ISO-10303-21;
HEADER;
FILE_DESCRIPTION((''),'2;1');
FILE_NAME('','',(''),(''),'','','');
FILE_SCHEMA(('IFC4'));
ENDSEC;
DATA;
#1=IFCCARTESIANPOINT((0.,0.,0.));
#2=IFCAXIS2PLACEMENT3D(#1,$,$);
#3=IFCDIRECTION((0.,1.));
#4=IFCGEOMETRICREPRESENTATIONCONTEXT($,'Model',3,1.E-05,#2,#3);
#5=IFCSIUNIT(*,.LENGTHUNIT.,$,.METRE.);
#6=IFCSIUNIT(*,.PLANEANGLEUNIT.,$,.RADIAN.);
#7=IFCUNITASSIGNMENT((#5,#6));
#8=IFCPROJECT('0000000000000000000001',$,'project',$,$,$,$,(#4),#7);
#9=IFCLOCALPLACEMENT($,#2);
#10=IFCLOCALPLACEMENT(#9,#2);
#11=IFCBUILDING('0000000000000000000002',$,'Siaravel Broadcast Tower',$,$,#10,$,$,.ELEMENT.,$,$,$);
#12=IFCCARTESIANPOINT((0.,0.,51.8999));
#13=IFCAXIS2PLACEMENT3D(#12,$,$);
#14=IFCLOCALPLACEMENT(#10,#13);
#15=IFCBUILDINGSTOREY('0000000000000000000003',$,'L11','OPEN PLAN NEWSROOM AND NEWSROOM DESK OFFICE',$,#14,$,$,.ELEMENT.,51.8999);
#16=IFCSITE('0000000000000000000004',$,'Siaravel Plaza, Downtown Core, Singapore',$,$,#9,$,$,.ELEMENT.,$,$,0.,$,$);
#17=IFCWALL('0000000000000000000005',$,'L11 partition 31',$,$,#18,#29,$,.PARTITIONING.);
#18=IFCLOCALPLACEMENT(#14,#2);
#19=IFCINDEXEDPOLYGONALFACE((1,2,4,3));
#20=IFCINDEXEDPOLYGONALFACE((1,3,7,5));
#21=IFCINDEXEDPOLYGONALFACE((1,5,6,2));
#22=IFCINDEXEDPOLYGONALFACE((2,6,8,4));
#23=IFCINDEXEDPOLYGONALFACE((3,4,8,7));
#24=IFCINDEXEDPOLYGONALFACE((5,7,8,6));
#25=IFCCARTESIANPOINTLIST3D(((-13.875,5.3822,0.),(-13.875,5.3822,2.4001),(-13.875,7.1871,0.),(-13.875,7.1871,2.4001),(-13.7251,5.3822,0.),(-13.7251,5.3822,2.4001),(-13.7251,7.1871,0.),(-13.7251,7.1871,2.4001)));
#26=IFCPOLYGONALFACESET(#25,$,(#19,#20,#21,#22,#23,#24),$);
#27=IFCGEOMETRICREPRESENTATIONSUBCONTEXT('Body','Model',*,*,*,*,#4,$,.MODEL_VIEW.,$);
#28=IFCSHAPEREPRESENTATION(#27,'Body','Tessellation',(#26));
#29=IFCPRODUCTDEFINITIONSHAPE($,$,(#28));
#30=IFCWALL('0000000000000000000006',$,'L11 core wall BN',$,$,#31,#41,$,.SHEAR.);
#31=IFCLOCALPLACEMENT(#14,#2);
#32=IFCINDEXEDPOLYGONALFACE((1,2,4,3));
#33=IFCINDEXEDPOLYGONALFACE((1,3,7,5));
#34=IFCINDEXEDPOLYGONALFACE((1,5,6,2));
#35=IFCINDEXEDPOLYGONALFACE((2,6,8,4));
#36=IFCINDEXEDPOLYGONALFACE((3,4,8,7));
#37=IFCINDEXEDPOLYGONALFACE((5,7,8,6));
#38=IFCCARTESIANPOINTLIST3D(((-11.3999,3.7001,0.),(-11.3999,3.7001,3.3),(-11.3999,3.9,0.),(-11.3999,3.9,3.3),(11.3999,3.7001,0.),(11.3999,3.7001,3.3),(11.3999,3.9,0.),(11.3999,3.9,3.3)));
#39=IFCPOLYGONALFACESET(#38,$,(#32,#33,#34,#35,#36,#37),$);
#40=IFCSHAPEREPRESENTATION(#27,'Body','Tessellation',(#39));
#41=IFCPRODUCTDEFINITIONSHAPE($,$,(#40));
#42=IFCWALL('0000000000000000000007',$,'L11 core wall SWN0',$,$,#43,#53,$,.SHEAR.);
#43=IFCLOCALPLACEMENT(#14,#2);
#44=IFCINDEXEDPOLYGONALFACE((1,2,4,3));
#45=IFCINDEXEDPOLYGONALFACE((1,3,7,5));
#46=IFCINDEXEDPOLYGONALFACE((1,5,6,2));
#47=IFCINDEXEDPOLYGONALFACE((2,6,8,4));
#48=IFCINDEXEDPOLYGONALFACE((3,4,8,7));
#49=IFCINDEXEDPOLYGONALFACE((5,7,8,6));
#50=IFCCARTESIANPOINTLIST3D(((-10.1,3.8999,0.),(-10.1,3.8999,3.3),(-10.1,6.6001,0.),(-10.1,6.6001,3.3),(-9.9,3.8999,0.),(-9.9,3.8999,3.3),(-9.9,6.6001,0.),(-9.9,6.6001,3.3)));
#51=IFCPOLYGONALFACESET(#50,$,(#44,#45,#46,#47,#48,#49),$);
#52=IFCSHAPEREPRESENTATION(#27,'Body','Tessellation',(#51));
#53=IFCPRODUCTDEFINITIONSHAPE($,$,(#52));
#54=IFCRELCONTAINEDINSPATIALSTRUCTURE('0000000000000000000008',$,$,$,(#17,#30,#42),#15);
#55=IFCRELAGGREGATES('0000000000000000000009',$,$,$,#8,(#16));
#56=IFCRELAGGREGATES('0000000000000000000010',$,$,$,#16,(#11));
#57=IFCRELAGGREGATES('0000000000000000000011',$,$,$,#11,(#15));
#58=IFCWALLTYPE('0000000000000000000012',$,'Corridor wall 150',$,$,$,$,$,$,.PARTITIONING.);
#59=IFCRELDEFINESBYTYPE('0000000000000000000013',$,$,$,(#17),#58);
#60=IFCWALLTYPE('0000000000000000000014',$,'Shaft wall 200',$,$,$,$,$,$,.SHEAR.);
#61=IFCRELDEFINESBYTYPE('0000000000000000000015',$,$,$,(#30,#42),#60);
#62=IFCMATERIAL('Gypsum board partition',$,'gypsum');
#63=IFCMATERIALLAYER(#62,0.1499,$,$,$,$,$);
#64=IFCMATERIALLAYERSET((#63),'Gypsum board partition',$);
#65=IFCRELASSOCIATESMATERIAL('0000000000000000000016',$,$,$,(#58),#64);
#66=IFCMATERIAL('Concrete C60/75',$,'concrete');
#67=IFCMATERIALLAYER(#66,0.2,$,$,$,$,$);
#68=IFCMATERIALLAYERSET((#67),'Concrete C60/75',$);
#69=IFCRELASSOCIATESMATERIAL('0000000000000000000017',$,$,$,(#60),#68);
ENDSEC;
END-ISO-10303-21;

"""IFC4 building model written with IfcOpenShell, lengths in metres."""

from ifc_helpers import new_model, si_unit, direction, frame, frame_2d, origin, place, context, subcontext, project, spatial, rectangle, extrude, material, layer, layer_set, type_object, element, save


model = new_model("IFC4")

# Units and contexts
model_context = context("Model", 3, precision=1e-05, world=origin(), true_north=direction((0.0, 1.0)))
body_context = subcontext(model_context, "Body", "Model", "MODEL_VIEW")
ifc_project = project(units=[si_unit("LENGTHUNIT", "METRE"), si_unit("PLANEANGLEUNIT", "RADIAN")], contexts=[model_context])

# Site, building, storey
site_placement = place(None, origin())
site = spatial("IfcSite", under=ifc_project, at=site_placement, Name="Siaravel Plaza, Downtown Core, Singapore", CompositionType="ELEMENT", RefElevation=0.0)
building_placement = place(site_placement, origin())
building = spatial("IfcBuilding", under=site, at=building_placement, Name="Siaravel Broadcast Tower", CompositionType="ELEMENT")
storey_placement = place(building_placement, frame((0.0, 0.0, 51.8999)))
storey = spatial("IfcBuildingStorey", under=building, at=storey_placement, Name="L11", Description="OPEN PLAN NEWSROOM AND NEWSROOM DESK OFFICE", CompositionType="ELEMENT", Elevation=51.8999)

# Shared definitions
ifc_material_1 = material(Name="Concrete C60/75", Category="concrete")
ifc_material_2 = material(Name="Gypsum board partition", Category="gypsum")
ifc_layer_1 = layer(ifc_material_2, 0.1499)
ifc_layer_set_1 = layer_set([ifc_layer_1], Name="Gypsum board partition")
wall_type_1 = type_object("IfcWallType", Name="Corridor wall 150", PredefinedType="PARTITIONING", material=ifc_layer_set_1)

# Walls
wall_1_placement = place(storey_placement, frame((-13.8, 7.187, 0.0), z_axis=(0.0, 0.0, 1.0), x_axis=(0.0, -1.0, 0.0)))
element("IfcWall", 1, at=wall_1_placement, inside=storey, type_object=wall_type_1, Name="L11 partition 31", PredefinedType="PARTITIONING", context=body_context, shape_type="SweptSolid", body=[
    extrude(rectangle(XDim=1.8049, YDim=0.1499, at=frame_2d((0.9023, 0.0))), origin(), (0.0, 0.0, 1.0), 2.4001),
])
ifc_layer_2 = layer(ifc_material_1, 0.2)
ifc_layer_set_2 = layer_set([ifc_layer_2], Name="Concrete C60/75")
wall_type_2 = type_object("IfcWallType", Name="Shaft wall 200", PredefinedType="SHEAR", material=ifc_layer_set_2)
wall_2_placement = place(storey_placement, frame((-11.3999, 3.8, 0.0), z_axis=(0.0, 0.0, 1.0), x_axis=(1.0, 0.0, 0.0)))
element("IfcWall", 2, at=wall_2_placement, inside=storey, type_object=wall_type_2, Name="L11 core wall BN", PredefinedType="SHEAR", context=body_context, shape_type="SweptSolid", body=[
    extrude(rectangle(XDim=22.7998, YDim=0.2, at=frame_2d((11.3999, 0.0))), origin(), (0.0, 0.0, 1.0), 3.3),
])
wall_3_placement = place(storey_placement, frame((-10.0, 3.8999, 0.0), z_axis=(0.0, 0.0, 1.0), x_axis=(0.0, 1.0, 0.0)))
element("IfcWall", 3, at=wall_3_placement, inside=storey, type_object=wall_type_2, Name="L11 core wall SWN0", PredefinedType="SHEAR", context=body_context, shape_type="SweptSolid", body=[
    extrude(rectangle(XDim=2.7002, YDim=0.2, at=frame_2d((1.3501, 0.0))), origin(), (0.0, 0.0, 1.0), 3.3),
])

save(model, "model.ifc")
